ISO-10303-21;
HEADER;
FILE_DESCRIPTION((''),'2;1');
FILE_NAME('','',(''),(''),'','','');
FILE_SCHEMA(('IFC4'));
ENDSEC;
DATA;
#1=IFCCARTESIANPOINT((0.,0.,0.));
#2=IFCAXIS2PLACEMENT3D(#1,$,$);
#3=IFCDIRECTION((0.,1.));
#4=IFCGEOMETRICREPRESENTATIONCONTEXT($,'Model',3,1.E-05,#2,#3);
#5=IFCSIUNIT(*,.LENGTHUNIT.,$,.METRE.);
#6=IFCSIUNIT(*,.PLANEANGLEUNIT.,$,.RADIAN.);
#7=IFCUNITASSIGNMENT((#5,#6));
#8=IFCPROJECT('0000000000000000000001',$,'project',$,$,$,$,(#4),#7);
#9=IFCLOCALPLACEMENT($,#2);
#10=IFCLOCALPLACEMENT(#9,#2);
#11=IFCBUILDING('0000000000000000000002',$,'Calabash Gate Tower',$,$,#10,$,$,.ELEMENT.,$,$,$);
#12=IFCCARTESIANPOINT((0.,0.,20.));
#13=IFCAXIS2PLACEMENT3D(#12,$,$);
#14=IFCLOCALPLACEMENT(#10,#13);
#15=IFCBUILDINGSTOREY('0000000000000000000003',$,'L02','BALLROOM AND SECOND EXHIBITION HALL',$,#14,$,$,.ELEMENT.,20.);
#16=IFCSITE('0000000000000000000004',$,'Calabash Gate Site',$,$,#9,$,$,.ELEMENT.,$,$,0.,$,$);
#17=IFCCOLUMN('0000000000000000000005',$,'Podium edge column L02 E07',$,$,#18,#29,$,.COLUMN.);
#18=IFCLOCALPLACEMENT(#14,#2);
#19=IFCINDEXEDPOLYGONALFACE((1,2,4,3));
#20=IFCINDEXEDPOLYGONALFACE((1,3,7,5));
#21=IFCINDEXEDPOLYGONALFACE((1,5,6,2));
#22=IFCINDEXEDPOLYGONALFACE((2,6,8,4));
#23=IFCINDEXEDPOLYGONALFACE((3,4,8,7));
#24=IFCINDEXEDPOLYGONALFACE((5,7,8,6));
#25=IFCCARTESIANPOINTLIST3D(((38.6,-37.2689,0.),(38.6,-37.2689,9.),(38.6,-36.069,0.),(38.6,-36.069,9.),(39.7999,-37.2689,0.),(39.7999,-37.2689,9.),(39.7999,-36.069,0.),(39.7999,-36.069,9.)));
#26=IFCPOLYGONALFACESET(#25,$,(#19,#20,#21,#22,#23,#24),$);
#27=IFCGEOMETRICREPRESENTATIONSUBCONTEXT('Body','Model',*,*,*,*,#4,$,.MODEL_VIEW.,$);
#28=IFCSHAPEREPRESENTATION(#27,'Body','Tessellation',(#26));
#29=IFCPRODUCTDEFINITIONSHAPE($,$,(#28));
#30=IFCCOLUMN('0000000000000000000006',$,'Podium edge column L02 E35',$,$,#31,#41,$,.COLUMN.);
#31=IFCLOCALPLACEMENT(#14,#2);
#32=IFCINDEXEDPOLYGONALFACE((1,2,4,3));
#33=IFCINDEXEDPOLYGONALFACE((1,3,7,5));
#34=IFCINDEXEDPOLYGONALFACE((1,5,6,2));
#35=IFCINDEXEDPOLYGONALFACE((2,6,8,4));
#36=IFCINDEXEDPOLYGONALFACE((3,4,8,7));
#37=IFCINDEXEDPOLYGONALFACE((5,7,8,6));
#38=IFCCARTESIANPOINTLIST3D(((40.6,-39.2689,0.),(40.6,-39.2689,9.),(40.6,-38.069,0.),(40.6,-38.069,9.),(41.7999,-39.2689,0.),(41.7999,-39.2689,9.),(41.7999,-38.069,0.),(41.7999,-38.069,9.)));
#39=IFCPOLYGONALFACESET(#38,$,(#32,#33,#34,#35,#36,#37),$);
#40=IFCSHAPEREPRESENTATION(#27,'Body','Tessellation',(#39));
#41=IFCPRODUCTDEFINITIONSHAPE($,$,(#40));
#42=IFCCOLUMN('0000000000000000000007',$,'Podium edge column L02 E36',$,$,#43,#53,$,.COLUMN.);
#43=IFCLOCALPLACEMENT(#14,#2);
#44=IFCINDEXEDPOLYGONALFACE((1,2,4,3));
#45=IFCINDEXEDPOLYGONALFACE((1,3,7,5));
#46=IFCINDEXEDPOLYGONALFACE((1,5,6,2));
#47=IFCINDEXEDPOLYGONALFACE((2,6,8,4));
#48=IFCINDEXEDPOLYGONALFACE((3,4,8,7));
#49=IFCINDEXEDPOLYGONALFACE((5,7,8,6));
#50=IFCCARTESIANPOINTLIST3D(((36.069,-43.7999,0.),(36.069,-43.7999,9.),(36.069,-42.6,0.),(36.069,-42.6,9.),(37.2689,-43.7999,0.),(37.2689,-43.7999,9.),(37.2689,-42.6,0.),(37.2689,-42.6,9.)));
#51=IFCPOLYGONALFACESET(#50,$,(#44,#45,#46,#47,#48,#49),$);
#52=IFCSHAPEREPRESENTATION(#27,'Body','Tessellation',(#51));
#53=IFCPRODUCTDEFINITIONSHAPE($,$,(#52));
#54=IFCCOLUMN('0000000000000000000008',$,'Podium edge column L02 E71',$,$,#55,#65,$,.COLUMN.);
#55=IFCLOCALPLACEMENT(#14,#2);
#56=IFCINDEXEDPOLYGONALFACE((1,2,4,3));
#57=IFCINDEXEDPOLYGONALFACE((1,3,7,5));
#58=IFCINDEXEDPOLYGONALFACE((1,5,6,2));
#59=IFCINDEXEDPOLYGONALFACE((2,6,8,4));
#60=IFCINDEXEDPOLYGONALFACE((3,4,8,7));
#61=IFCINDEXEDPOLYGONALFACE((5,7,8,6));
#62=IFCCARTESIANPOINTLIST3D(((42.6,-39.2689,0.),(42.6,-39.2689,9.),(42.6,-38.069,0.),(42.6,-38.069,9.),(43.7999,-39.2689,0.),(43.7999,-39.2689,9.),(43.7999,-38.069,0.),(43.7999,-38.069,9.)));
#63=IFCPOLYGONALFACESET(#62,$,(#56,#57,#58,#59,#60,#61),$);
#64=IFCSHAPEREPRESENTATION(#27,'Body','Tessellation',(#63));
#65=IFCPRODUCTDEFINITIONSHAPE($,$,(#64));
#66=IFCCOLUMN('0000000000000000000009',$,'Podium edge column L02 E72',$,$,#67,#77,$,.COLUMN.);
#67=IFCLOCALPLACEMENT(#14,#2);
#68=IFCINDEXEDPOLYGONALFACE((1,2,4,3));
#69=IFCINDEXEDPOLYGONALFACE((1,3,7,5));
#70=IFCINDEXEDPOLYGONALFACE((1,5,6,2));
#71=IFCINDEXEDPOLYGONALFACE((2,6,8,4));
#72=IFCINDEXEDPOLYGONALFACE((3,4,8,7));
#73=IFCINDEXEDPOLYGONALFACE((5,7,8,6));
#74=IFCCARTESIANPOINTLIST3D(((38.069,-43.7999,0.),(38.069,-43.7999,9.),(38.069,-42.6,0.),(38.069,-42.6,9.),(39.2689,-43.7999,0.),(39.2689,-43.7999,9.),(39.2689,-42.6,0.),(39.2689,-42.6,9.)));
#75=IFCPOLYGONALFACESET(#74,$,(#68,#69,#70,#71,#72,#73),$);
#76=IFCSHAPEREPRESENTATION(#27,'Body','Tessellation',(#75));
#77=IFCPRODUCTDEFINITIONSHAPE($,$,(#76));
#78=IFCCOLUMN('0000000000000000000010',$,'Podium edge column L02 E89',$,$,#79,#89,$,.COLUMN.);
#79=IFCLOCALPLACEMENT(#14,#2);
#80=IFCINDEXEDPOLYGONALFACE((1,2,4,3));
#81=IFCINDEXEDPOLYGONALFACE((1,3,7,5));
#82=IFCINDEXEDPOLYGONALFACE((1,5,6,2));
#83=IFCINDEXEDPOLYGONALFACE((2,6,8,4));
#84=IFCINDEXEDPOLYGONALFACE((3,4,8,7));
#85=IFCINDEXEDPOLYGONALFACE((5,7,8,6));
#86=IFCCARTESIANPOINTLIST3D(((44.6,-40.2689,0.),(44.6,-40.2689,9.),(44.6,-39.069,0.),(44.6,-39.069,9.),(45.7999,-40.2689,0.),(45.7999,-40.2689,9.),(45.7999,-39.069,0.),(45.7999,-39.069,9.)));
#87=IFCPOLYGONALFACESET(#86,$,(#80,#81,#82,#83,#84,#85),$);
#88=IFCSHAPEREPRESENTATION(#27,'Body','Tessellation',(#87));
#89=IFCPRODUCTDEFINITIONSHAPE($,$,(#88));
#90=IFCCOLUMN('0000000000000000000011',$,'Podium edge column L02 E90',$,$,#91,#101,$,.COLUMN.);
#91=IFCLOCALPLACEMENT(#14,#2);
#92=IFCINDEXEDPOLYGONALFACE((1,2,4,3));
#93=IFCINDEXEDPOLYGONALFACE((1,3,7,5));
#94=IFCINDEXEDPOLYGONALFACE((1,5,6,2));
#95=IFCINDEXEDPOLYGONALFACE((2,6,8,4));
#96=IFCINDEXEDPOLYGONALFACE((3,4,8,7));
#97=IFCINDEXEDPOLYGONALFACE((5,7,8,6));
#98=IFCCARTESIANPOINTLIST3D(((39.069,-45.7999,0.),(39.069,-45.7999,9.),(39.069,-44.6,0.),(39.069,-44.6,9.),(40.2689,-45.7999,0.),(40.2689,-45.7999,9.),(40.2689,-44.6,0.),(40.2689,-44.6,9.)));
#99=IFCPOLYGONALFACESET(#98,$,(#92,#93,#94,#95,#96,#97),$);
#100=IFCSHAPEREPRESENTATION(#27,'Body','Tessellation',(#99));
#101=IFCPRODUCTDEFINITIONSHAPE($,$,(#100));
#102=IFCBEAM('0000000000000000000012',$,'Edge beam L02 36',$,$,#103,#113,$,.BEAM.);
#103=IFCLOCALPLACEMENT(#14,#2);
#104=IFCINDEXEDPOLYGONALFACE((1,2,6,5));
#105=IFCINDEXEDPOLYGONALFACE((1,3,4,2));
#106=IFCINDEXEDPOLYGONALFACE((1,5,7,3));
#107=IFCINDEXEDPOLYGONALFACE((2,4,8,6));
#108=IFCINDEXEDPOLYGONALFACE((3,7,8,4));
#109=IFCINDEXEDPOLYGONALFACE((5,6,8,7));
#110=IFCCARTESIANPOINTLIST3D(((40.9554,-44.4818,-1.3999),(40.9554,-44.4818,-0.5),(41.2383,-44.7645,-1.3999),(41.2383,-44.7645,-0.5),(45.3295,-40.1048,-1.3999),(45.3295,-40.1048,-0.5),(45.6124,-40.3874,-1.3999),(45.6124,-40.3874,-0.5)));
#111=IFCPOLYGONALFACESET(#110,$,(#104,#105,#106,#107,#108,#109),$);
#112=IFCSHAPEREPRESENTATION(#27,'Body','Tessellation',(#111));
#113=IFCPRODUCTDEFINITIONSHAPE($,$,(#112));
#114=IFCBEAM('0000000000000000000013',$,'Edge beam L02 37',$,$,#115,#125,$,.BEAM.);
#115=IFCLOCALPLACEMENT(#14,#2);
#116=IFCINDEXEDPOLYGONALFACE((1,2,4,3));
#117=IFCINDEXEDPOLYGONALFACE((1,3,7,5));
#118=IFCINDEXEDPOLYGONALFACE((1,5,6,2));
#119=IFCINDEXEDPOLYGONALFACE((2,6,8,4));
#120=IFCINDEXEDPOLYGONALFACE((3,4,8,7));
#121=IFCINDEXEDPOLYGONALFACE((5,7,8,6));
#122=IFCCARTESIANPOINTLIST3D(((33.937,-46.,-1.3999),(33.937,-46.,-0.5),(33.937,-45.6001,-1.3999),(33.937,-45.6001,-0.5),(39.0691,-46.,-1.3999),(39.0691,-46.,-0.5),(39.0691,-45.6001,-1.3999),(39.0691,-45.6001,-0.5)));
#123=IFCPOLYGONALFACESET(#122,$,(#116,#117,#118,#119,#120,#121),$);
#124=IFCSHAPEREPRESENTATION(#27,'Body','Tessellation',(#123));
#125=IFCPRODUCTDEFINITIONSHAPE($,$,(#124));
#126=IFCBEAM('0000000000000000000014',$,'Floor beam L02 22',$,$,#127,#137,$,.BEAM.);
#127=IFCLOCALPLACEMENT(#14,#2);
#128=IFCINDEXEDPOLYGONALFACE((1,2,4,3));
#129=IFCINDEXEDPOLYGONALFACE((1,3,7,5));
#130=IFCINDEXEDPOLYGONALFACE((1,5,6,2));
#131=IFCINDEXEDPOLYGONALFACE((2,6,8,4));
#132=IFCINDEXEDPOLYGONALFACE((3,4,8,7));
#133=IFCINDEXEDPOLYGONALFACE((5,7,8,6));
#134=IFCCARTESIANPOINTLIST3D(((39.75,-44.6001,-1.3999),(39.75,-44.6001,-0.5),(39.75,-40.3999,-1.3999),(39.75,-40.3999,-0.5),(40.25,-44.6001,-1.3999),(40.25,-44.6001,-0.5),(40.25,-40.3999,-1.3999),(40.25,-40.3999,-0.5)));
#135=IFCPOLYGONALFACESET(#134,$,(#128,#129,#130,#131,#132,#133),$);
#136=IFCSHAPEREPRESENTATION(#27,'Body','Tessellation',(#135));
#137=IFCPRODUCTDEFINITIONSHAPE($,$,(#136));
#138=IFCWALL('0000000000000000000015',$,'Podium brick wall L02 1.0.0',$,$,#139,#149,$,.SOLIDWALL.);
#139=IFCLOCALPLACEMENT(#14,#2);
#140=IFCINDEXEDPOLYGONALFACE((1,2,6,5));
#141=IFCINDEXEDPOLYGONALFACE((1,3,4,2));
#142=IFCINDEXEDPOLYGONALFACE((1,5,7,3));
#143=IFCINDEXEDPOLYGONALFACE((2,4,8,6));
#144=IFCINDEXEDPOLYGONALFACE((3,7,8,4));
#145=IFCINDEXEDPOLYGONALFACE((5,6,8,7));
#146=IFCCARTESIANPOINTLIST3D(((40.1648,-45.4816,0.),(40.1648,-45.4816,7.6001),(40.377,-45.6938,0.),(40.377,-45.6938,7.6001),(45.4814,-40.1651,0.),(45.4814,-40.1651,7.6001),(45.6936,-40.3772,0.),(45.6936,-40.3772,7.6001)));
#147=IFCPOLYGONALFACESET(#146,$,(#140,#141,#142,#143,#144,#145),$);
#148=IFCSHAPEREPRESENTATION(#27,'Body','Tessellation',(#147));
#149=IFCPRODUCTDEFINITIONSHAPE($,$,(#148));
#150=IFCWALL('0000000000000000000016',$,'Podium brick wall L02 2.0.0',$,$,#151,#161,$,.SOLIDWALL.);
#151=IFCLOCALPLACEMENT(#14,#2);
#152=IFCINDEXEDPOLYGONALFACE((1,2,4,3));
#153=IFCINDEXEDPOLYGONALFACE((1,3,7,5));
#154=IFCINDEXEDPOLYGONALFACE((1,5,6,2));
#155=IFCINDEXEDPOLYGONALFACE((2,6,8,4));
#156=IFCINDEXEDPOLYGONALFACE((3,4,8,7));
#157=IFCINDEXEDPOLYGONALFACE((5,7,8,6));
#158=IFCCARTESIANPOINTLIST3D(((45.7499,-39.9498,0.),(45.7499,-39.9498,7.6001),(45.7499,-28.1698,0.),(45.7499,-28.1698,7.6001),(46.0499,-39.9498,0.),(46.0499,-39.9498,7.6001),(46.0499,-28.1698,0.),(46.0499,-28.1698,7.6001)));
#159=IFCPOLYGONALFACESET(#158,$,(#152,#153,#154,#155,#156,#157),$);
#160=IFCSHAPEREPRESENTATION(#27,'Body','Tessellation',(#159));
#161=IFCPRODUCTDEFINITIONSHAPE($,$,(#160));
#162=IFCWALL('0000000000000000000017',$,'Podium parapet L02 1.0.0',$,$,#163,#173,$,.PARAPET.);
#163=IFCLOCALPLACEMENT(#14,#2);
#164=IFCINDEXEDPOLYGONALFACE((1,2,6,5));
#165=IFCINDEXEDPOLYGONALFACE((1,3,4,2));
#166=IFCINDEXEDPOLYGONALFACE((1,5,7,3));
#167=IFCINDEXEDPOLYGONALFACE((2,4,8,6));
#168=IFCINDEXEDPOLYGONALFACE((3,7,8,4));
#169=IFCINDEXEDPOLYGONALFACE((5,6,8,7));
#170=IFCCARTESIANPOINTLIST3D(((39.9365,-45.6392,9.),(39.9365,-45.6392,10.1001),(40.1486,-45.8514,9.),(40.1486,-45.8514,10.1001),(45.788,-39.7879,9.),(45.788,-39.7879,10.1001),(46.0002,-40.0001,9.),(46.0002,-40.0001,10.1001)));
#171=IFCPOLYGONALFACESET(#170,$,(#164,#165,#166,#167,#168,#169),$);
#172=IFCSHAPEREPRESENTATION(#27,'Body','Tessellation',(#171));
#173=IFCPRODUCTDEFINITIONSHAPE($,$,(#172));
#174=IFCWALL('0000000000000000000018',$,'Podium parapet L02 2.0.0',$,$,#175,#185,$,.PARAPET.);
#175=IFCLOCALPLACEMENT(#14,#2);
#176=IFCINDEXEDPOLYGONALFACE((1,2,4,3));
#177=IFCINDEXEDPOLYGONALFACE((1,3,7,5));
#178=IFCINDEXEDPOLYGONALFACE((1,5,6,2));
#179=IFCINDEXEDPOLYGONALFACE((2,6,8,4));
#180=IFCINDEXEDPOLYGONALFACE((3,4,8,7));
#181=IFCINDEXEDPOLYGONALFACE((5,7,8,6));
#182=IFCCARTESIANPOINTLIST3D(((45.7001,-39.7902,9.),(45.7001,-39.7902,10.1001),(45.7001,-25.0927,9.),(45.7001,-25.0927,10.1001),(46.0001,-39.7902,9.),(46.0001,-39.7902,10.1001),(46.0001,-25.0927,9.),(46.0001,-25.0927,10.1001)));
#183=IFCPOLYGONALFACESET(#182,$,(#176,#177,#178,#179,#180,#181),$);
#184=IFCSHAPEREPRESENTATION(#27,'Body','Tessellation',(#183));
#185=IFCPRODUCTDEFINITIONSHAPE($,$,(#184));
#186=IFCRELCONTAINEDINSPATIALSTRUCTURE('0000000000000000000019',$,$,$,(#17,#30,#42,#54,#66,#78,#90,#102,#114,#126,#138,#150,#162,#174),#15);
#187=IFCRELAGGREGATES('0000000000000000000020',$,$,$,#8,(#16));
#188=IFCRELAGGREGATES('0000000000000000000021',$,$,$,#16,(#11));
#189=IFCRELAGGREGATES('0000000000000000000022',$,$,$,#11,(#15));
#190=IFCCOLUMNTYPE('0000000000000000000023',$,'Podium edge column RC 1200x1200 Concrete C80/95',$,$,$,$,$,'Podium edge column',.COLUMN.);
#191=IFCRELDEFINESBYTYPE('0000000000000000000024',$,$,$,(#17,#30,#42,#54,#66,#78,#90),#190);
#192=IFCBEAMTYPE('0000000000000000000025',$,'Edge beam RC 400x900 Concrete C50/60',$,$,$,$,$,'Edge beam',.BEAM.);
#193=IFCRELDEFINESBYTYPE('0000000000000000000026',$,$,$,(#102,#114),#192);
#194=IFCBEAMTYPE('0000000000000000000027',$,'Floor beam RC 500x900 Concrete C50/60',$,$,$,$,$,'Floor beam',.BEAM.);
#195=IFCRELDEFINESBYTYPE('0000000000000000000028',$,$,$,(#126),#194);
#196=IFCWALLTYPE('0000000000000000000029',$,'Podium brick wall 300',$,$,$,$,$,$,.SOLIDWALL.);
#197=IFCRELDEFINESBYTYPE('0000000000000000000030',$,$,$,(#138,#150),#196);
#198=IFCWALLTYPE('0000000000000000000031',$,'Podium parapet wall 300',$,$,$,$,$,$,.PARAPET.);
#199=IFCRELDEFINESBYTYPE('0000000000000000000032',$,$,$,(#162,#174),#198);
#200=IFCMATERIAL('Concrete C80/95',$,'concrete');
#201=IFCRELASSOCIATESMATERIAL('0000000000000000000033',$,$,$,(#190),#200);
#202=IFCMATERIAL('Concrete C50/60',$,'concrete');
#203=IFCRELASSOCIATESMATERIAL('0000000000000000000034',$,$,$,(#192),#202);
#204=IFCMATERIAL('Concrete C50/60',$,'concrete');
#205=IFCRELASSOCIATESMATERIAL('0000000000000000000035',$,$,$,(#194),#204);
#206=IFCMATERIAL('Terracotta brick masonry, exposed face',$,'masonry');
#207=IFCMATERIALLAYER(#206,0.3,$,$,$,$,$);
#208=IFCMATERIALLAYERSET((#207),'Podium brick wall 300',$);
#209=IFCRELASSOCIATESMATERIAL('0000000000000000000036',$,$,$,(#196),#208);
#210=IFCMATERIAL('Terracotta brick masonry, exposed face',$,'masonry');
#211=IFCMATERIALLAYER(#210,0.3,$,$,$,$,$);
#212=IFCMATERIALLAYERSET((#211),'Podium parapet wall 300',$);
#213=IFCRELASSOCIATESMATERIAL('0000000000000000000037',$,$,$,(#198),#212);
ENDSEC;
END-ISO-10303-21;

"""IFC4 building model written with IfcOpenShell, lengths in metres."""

from ifc_helpers import new_model, si_unit, direction, frame, frame_2d, origin, origin_2d, place, context, subcontext, project, spatial, rectangle, extrude, material, layer, layer_set, material_profile, profile_set, type_object, element, save


model = new_model("IFC4")

# Units and contexts
model_context = context("Model", 3, precision=1e-05, world=origin(), true_north=direction((0.0, 1.0)))
body_context = subcontext(model_context, "Body", "Model", "MODEL_VIEW")
ifc_project = project(units=[si_unit("LENGTHUNIT", "METRE"), si_unit("PLANEANGLEUNIT", "RADIAN")], contexts=[model_context])

# Site, building, storey
site_placement = place(None, origin())
site = spatial("IfcSite", under=ifc_project, at=site_placement, Name="Calabash Gate Site", CompositionType="ELEMENT", RefElevation=0.0)
building_placement = place(site_placement, origin())
building = spatial("IfcBuilding", under=site, at=building_placement, Name="Calabash Gate Tower", CompositionType="ELEMENT")
storey_placement = place(building_placement, frame((0.0, 0.0, 20.0)))
storey = spatial("IfcBuildingStorey", under=building, at=storey_placement, Name="L02", Description="BALLROOM AND SECOND EXHIBITION HALL", CompositionType="ELEMENT", Elevation=20.0)

# Columns
ifc_material_1 = material(Name="Concrete C80/95", Category="concrete")
ifc_material_profile_1 = material_profile(ifc_material_1, rectangle(XDim=1.2, YDim=1.2, at=origin_2d()))
ifc_profile_set_1 = profile_set([ifc_material_profile_1], Name="Concrete C80/95")
column_type = type_object("IfcColumnType", Name="Podium edge column RC 1200x1200 Concrete C80/95", ElementType="Podium edge column", PredefinedType="COLUMN", material=ifc_profile_set_1)
for number, where, z_axis, x_axis, name in (
    (1, (39.2, -36.6689, 0.0), (0.0, 0.0, 1.0), (1.0, 0.0, 0.0), "Podium edge column L02 E07"),
    (2, (41.2, -38.6689, 0.0), (0.0, 0.0, 1.0), (1.0, 0.0, 0.0), "Podium edge column L02 E35"),
    (3, (36.6689, -43.2, 0.0), (0.0, 0.0, 1.0), (1.0, 0.0, 0.0), "Podium edge column L02 E36"),
    (4, (43.2, -38.6689, 0.0), (0.0, 0.0, 1.0), (1.0, 0.0, 0.0), "Podium edge column L02 E71"),
    (5, (38.6689, -43.2, 0.0), (0.0, 0.0, 1.0), (1.0, 0.0, 0.0), "Podium edge column L02 E72"),
    (6, (45.2, -39.6689, 0.0), (0.0, 0.0, 1.0), (1.0, 0.0, 0.0), "Podium edge column L02 E89"),
    (7, (39.6689, -45.2, 0.0), (0.0, 0.0, 1.0), (1.0, 0.0, 0.0), "Podium edge column L02 E90"),
):
    element("IfcColumn", number, at=place(storey_placement, frame(where, z_axis=z_axis, x_axis=x_axis)), inside=storey, type_object=column_type, Name=name, PredefinedType="COLUMN", context=body_context, shape_type="SweptSolid", body=[
        extrude(rectangle(XDim=1.2, YDim=1.2, at=origin_2d()), origin(), (0.0, 0.0, 1.0), 9.0),
    ])

# Beams
ifc_material_2 = material(Name="Concrete C50/60", Category="concrete")
ifc_material_profile_2 = material_profile(ifc_material_2, rectangle(XDim=0.3999, YDim=0.8999, at=origin_2d()))
ifc_profile_set_2 = profile_set([ifc_material_profile_2], Name="Concrete C50/60")
beam_type_1 = type_object("IfcBeamType", Name="Edge beam RC 400x900 Concrete C50/60", ElementType="Edge beam", PredefinedType="BEAM", material=ifc_profile_set_2)
beam_1_placement = place(storey_placement, frame((45.4709, -40.2461, -0.95), z_axis=(-0.70687, -0.707343, 0.0), x_axis=(0.707343, -0.70687, 0.0)))
element("IfcBeam", 8, at=beam_1_placement, inside=storey, type_object=beam_type_1, Name="Edge beam L02 36", PredefinedType="BEAM", context=body_context, shape_type="SweptSolid", body=[
    extrude(rectangle(XDim=0.3999, YDim=0.8999, at=origin_2d()), origin(), (0.0, 0.0, 1.0), 6.188),
])
beam_2_placement = place(storey_placement, frame((39.0691, -45.8, -0.95), z_axis=(-1.0, 0.0, 0.0), x_axis=(0.0, -1.0, 0.0)))
element("IfcBeam", 9, at=beam_2_placement, inside=storey, type_object=beam_type_1, Name="Edge beam L02 37", PredefinedType="BEAM", context=body_context, shape_type="SweptSolid", body=[
    extrude(rectangle(XDim=0.3999, YDim=0.8999, at=origin_2d()), origin(), (0.0, 0.0, 1.0), 5.1321),
])
ifc_material_3 = material(Name="Concrete C50/60", Category="concrete")
ifc_material_profile_3 = material_profile(ifc_material_3, rectangle(XDim=0.5, YDim=0.8999, at=origin_2d()))
ifc_profile_set_3 = profile_set([ifc_material_profile_3], Name="Concrete C50/60")
beam_type_2 = type_object("IfcBeamType", Name="Floor beam RC 500x900 Concrete C50/60", ElementType="Floor beam", PredefinedType="BEAM", material=ifc_profile_set_3)
beam_3_placement = place(storey_placement, frame((40.0, -44.6001, -0.95), z_axis=(0.0, 1.0, 0.0), x_axis=(-1.0, 0.0, 0.0)))
element("IfcBeam", 10, at=beam_3_placement, inside=storey, type_object=beam_type_2, Name="Floor beam L02 22", PredefinedType="BEAM", context=body_context, shape_type="SweptSolid", body=[
    extrude(rectangle(XDim=0.5, YDim=0.8999, at=origin_2d()), origin(), (0.0, 0.0, 1.0), 4.2002),
])

# Walls
ifc_material_4 = material(Name="Terracotta brick masonry, exposed face", Category="masonry")
ifc_layer_1 = layer(ifc_material_4, 0.3)
ifc_layer_set_1 = layer_set([ifc_layer_1], Name="Podium brick wall 300")
wall_type_1 = type_object("IfcWallType", Name="Podium brick wall 300", PredefinedType="SOLIDWALL", material=ifc_layer_set_1)
wall_1_placement = place(storey_placement, frame((40.271, -45.5876, 0.0), z_axis=(0.0, 0.0, 1.0), x_axis=(0.707107, 0.707107, 0.0)))
element("IfcWall", 11, at=wall_1_placement, inside=storey, type_object=wall_type_1, Name="Podium brick wall L02 1.0.0", PredefinedType="SOLIDWALL", context=body_context, shape_type="SweptSolid", body=[
    extrude(rectangle(XDim=7.5188, YDim=0.3, at=frame_2d((3.7593, 0.0))), origin(), (0.0, 0.0, 1.0), 7.6001),
])
wall_2_placement = place(storey_placement, frame((45.8999, -39.95, 0.0), z_axis=(0.0, 0.0, 1.0), x_axis=(0.0, 1.0, 0.0)))
element("IfcWall", 12, at=wall_2_placement, inside=storey, type_object=wall_type_1, Name="Podium brick wall L02 2.0.0", PredefinedType="SOLIDWALL", context=body_context, shape_type="SweptSolid", body=[
    extrude(rectangle(XDim=11.78, YDim=0.3, at=frame_2d((5.8901, 0.0))), origin(), (0.0, 0.0, 1.0), 7.6001),
])
ifc_material_5 = material(Name="Terracotta brick masonry, exposed face", Category="masonry")
ifc_layer_2 = layer(ifc_material_5, 0.3)
ifc_layer_set_2 = layer_set([ifc_layer_2], Name="Podium parapet wall 300")
wall_type_2 = type_object("IfcWallType", Name="Podium parapet wall 300", PredefinedType="PARAPET", material=ifc_layer_set_2)
wall_3_placement = place(storey_placement, frame((40.0425, -45.7454, 9.0), z_axis=(0.0, 0.0, 1.0), x_axis=(0.707122, 0.707092, 0.0)))
element("IfcWall", 13, at=wall_3_placement, inside=storey, type_object=wall_type_2, Name="Podium parapet L02 1.0.0", PredefinedType="PARAPET", context=body_context, shape_type="SweptSolid", body=[
    extrude(rectangle(XDim=8.2751, YDim=0.3, at=frame_2d((4.1377, 0.0))), origin(), (0.0, 0.0, 1.0), 1.1001),
])
wall_4_placement = place(storey_placement, frame((45.8501, -39.79, 9.0), z_axis=(0.0, 0.0, 1.0), x_axis=(0.0, 1.0, 0.0)))
element("IfcWall", 14, at=wall_4_placement, inside=storey, type_object=wall_type_2, Name="Podium parapet L02 2.0.0", PredefinedType="PARAPET", context=body_context, shape_type="SweptSolid", body=[
    extrude(rectangle(XDim=14.6975, YDim=0.3, at=frame_2d((7.3486, 0.0))), origin(), (0.0, 0.0, 1.0), 1.1001),
])

save(model, "model.ifc")
